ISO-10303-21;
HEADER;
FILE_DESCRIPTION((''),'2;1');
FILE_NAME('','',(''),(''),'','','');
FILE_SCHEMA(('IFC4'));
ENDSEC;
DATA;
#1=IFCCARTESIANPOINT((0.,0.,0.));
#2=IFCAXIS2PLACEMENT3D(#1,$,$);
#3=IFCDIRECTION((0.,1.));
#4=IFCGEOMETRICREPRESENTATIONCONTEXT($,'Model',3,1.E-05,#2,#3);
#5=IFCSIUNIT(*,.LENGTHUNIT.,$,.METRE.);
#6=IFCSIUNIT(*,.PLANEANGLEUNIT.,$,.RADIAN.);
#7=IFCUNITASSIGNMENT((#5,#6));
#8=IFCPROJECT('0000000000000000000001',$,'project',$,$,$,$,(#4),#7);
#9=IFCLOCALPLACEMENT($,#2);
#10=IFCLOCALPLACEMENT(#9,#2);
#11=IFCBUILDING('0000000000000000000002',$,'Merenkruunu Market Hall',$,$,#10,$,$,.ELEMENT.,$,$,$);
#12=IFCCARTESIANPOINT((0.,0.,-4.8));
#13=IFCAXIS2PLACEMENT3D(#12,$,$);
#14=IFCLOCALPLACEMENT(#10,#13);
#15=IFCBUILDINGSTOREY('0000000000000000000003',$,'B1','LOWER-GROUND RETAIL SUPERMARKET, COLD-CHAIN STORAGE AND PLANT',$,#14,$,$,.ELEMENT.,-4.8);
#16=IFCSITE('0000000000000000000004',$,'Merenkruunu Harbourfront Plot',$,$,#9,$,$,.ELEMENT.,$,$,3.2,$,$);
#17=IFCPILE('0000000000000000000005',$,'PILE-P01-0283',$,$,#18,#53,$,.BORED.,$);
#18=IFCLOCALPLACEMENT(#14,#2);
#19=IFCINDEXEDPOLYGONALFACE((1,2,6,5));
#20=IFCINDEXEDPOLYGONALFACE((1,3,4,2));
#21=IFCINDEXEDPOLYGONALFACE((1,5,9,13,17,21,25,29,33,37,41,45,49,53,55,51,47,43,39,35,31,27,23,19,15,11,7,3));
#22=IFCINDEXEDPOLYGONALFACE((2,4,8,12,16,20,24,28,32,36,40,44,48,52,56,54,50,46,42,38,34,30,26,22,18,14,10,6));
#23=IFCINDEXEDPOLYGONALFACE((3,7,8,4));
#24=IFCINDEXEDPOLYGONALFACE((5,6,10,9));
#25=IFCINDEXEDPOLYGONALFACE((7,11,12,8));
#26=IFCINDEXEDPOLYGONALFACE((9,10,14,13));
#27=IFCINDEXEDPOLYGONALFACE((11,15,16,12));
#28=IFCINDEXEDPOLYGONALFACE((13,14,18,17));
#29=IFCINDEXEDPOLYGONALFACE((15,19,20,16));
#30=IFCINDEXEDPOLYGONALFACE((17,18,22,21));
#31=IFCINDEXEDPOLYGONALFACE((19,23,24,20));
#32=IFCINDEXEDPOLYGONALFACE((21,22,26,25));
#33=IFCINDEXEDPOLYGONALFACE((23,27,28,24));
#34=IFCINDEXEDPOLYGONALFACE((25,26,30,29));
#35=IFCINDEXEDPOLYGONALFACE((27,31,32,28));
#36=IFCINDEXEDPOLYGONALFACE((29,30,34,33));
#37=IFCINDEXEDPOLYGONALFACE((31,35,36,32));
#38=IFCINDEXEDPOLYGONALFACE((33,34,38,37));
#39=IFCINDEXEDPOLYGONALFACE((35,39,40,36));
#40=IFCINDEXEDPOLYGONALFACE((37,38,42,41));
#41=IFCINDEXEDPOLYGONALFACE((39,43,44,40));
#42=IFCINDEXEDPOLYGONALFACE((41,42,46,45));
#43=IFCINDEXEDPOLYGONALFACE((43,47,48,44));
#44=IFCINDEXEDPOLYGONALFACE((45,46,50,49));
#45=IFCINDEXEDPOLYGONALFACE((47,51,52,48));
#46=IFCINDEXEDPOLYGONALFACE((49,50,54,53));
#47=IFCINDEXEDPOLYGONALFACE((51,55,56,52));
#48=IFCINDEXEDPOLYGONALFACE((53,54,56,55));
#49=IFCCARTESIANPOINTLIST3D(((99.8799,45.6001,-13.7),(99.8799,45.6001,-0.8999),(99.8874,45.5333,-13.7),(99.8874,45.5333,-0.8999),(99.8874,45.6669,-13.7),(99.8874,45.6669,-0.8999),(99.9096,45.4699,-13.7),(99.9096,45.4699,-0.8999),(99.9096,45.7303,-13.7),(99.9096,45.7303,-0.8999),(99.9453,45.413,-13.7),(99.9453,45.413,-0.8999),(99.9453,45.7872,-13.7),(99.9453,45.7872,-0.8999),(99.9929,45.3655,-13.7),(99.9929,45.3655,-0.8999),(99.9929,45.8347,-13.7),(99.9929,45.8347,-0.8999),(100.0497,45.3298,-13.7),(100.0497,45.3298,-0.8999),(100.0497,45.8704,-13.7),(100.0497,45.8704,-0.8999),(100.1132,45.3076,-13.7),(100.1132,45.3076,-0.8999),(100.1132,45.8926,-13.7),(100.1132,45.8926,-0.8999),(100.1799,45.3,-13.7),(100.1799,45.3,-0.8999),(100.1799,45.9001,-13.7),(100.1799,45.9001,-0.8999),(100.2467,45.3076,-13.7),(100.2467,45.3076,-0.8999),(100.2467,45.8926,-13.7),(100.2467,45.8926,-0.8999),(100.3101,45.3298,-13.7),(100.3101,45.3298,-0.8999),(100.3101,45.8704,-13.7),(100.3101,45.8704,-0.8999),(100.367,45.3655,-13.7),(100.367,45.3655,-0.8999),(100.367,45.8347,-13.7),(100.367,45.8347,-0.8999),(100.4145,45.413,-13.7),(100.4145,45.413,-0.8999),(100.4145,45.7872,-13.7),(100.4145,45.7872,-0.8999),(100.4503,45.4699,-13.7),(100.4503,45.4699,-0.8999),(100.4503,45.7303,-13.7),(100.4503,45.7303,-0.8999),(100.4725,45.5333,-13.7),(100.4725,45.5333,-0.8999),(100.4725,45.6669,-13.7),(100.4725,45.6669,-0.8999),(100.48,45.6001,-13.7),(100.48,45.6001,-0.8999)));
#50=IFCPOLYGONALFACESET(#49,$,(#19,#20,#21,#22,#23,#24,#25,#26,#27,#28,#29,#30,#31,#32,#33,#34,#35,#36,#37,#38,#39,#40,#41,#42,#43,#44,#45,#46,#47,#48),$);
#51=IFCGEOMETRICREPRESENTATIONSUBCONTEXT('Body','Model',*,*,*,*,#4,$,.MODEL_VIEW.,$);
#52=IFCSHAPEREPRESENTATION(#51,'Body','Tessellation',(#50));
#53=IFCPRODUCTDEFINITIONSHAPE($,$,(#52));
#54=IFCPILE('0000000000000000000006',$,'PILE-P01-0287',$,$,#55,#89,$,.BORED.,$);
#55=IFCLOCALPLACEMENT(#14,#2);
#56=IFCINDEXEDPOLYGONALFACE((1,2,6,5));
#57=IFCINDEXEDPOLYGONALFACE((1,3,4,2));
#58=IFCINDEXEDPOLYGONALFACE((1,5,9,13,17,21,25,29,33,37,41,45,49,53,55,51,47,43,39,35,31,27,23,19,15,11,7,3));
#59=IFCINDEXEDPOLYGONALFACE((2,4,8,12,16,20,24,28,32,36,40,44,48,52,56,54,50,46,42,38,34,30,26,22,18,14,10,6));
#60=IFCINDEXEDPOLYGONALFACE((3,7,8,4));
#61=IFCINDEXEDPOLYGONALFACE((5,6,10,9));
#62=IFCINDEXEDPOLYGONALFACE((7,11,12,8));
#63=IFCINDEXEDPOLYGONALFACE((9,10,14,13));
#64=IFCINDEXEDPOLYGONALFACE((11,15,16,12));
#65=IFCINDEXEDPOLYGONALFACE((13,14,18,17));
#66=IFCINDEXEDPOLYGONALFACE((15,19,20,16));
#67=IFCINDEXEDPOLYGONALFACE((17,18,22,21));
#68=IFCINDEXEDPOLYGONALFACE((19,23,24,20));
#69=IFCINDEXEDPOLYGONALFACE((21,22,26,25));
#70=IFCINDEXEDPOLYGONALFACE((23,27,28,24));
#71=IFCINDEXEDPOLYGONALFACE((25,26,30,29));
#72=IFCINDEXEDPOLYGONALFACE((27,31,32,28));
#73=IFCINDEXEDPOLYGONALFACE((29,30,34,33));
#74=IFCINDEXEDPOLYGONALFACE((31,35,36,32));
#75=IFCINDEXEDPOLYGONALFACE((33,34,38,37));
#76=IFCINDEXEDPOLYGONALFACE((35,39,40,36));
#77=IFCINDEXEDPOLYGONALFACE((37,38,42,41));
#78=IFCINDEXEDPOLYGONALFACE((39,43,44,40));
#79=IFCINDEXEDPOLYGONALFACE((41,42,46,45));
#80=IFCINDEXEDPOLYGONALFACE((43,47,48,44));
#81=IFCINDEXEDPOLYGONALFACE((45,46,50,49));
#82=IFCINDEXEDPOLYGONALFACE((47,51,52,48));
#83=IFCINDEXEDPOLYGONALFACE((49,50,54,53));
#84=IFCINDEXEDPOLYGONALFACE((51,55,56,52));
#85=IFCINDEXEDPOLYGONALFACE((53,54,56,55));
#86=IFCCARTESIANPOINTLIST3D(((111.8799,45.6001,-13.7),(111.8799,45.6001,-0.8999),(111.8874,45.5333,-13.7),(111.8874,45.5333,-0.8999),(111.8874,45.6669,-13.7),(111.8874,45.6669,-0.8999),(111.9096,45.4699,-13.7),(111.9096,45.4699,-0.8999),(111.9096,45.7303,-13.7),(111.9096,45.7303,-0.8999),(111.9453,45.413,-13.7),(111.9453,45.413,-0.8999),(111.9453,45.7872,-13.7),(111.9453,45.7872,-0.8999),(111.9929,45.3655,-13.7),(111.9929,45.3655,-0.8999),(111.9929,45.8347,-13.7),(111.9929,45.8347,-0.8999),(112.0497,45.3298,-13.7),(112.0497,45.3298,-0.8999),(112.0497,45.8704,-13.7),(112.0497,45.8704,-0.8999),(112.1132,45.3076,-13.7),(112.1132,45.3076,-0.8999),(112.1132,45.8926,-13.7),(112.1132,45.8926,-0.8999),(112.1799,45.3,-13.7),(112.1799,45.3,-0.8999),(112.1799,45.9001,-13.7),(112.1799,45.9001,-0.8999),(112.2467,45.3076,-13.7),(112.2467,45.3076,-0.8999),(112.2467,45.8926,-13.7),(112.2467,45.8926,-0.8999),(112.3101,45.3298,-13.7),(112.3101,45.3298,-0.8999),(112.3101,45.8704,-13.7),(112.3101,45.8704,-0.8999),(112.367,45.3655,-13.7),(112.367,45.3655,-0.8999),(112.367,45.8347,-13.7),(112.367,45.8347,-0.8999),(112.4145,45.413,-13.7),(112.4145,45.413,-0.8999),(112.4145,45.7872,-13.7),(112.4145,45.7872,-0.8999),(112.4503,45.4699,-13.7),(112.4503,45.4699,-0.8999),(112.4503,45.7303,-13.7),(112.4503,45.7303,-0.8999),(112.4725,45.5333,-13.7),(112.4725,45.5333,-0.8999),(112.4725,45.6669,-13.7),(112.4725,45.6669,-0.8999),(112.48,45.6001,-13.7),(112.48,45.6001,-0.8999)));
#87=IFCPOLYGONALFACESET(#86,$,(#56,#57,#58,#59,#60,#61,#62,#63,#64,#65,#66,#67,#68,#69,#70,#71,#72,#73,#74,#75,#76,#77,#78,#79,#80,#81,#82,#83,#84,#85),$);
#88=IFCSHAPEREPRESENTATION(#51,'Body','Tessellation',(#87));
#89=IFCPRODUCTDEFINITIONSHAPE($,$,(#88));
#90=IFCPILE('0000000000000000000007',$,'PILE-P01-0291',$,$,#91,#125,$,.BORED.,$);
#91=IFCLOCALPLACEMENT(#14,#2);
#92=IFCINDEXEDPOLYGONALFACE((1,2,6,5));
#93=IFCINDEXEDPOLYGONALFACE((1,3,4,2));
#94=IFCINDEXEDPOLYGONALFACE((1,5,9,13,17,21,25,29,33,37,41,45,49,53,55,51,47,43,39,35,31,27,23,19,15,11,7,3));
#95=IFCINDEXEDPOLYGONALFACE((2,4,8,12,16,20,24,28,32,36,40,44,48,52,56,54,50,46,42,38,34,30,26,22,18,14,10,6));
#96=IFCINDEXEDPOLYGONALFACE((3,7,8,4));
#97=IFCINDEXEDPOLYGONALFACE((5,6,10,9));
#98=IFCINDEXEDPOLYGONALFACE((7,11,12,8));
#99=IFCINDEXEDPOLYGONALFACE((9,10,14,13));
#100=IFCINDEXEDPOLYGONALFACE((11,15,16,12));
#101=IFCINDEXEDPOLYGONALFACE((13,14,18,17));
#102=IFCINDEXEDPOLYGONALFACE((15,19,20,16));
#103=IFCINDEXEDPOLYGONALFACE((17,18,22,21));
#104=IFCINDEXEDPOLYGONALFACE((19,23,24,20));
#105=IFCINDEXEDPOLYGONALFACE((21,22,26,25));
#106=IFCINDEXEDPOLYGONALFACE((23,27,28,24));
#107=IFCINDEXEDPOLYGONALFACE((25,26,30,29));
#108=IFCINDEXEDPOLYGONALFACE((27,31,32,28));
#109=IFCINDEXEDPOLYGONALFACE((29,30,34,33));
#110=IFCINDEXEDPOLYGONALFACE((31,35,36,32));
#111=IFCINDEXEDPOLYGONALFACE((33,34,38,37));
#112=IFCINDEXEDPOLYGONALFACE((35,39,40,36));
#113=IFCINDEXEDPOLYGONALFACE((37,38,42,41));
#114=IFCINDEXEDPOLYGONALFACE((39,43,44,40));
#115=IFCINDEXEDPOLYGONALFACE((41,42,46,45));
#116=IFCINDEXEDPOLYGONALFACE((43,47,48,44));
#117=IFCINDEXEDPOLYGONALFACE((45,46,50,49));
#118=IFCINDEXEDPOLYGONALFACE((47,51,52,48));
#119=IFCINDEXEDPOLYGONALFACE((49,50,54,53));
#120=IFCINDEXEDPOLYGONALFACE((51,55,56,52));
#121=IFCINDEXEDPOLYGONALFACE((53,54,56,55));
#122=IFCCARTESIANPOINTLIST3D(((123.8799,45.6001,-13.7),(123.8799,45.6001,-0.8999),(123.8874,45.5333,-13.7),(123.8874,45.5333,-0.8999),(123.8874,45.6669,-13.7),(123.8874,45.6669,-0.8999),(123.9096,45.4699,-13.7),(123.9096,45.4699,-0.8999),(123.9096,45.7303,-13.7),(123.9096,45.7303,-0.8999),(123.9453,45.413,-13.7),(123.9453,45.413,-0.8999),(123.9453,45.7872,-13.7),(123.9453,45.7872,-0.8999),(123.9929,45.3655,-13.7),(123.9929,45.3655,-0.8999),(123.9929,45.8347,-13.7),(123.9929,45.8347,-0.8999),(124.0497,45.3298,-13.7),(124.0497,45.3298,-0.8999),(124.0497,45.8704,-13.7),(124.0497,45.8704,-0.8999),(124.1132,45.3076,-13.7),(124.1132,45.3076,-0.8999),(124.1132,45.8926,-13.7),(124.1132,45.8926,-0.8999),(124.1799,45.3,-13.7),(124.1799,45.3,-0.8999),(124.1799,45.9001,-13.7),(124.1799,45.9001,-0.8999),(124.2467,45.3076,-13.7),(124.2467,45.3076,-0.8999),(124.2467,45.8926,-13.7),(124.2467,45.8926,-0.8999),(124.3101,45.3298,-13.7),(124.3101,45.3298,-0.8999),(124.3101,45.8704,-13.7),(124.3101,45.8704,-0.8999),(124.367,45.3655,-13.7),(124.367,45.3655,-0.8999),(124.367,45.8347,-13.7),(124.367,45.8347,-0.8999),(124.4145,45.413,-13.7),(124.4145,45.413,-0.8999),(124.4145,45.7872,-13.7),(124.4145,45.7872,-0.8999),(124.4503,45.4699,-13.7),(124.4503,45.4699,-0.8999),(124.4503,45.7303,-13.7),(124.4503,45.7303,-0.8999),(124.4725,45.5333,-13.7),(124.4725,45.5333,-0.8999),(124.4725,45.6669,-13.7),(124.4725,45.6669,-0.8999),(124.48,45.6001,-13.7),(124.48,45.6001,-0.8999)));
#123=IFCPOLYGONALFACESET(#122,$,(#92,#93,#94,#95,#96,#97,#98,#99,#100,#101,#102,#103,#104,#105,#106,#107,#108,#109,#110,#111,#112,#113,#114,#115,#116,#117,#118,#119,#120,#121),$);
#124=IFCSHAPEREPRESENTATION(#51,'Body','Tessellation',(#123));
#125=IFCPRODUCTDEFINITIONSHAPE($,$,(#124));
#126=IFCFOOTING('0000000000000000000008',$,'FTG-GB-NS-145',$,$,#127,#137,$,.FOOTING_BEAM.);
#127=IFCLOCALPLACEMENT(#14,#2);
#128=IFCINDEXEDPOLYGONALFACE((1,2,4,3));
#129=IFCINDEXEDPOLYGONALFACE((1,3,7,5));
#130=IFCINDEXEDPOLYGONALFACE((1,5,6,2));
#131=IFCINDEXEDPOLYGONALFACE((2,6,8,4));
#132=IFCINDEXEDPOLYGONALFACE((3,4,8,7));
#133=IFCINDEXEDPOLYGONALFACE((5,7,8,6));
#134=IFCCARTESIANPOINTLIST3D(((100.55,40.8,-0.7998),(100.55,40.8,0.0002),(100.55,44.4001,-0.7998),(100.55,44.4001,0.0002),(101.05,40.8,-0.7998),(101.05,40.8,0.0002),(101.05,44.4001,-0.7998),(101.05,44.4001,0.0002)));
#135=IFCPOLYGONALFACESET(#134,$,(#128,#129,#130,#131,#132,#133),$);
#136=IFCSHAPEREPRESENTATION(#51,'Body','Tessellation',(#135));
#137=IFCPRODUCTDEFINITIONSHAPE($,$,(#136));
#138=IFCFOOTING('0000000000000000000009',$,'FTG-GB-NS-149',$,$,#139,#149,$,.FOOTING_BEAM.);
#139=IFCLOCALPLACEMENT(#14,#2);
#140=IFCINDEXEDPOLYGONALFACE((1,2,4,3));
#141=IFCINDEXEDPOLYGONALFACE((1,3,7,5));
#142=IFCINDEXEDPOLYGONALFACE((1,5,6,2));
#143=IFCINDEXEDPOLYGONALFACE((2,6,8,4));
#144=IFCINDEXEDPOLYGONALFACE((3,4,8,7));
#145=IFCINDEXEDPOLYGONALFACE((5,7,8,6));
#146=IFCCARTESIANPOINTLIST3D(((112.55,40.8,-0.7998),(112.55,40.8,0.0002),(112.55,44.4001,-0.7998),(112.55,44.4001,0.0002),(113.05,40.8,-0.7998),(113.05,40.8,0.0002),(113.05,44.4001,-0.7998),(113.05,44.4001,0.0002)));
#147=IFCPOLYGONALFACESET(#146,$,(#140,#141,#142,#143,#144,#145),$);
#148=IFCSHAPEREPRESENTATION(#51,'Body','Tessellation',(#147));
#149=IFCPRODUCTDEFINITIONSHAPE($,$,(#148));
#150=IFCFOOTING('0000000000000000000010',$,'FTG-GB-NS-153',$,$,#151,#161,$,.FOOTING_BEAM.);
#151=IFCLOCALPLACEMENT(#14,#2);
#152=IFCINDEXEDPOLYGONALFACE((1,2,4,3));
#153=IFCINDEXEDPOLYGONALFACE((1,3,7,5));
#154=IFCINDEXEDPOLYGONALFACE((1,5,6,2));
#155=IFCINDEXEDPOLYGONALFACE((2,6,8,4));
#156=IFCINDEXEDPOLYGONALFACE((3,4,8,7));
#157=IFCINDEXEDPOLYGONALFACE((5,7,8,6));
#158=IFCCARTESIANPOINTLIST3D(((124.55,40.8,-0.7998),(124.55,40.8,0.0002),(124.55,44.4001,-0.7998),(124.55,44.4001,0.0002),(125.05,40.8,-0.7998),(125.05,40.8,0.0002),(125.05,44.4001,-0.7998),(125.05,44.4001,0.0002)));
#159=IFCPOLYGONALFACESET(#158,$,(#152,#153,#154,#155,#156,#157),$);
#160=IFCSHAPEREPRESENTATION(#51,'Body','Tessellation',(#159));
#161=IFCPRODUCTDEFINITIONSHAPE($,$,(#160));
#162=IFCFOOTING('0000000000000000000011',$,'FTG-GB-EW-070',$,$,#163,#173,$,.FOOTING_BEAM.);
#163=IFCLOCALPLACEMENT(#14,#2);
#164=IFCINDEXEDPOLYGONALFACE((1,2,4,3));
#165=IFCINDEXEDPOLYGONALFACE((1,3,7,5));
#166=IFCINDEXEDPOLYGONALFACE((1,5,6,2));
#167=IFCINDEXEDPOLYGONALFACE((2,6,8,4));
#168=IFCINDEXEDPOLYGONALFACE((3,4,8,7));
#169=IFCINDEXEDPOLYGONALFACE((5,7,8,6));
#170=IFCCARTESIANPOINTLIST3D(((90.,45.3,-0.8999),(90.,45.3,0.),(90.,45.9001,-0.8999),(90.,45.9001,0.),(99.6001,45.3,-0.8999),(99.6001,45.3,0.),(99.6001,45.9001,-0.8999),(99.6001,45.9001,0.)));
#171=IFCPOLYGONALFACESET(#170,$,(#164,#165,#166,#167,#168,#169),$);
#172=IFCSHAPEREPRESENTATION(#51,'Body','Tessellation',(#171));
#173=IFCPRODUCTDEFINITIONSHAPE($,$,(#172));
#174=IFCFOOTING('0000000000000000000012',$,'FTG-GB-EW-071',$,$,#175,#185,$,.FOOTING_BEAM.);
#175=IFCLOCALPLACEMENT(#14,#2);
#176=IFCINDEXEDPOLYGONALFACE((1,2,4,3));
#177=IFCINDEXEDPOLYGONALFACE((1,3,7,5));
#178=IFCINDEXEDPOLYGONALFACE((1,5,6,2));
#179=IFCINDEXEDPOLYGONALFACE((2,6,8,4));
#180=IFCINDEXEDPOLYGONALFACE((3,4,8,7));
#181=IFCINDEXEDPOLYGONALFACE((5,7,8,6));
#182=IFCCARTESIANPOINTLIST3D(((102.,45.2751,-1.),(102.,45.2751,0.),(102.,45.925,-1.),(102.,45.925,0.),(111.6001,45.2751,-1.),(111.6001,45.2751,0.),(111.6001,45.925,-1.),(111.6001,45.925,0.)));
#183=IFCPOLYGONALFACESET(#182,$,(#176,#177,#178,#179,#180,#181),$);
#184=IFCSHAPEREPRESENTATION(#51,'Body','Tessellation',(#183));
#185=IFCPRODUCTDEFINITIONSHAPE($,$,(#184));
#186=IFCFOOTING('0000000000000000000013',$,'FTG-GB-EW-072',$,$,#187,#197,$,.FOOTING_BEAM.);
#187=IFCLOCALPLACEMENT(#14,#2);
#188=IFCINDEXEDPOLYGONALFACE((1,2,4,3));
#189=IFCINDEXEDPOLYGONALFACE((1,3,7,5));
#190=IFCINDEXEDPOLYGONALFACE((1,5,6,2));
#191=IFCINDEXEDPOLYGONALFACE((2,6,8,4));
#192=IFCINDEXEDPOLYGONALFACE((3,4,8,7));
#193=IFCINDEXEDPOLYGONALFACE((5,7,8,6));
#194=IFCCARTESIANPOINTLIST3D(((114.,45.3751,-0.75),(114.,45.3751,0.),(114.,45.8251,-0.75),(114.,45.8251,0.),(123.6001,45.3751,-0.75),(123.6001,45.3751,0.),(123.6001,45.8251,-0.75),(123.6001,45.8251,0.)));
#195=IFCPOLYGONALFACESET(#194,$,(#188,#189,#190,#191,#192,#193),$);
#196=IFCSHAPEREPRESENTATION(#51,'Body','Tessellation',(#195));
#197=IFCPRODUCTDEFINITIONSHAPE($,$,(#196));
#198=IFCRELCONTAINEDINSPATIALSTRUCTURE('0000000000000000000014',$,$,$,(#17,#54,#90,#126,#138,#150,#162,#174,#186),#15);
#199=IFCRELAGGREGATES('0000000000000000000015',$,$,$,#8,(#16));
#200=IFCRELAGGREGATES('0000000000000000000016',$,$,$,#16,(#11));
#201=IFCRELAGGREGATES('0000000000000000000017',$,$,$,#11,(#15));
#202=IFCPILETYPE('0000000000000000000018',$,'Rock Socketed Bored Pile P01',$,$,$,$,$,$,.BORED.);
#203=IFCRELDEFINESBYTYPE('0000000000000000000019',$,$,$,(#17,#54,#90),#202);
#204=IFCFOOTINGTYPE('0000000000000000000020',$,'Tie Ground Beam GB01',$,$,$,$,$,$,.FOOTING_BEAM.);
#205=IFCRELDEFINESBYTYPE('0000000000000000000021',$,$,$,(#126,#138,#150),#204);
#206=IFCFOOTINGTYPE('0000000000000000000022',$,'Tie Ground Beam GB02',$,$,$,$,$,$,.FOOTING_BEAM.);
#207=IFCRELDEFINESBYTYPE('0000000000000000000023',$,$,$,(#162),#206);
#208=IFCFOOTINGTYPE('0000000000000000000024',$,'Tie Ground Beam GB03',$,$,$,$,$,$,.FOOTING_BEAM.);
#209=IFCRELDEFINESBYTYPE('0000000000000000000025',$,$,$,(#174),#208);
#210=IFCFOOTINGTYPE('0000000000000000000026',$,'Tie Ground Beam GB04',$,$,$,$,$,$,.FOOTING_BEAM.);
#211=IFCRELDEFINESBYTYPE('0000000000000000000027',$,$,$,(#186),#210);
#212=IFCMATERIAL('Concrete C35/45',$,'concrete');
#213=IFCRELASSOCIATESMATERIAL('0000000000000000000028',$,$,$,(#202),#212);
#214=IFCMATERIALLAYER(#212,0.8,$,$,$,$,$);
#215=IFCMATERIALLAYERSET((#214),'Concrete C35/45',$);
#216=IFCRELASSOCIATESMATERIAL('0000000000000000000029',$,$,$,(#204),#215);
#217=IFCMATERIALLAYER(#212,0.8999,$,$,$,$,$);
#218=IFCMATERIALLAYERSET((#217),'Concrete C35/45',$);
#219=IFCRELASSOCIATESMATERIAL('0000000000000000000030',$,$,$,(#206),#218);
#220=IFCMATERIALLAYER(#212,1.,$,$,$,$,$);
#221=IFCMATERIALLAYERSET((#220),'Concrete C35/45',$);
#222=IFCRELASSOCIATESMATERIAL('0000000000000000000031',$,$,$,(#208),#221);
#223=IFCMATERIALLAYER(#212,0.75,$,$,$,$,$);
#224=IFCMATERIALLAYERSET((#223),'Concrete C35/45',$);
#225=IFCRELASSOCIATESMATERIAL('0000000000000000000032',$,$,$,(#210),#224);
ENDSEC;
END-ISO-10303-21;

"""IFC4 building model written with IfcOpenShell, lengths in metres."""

from ifc_helpers import new_model, si_unit, direction, frame, origin, origin_2d, place, context, subcontext, project, spatial, rectangle, circle, extrude, material, layer, layer_set, material_profile, profile_set, type_object, element, save


model = new_model("IFC4")

# Units and contexts
model_context = context("Model", 3, precision=1e-05, world=origin(), true_north=direction((0.0, 1.0)))
body_context = subcontext(model_context, "Body", "Model", "MODEL_VIEW")
ifc_project = project(units=[si_unit("LENGTHUNIT", "METRE"), si_unit("PLANEANGLEUNIT", "RADIAN")], contexts=[model_context])

# Site, building, storey
site_placement = place(None, origin())
site = spatial("IfcSite", under=ifc_project, at=site_placement, Name="Merenkruunu Harbourfront Plot", CompositionType="ELEMENT", RefElevation=3.2)
building_placement = place(site_placement, origin())
building = spatial("IfcBuilding", under=site, at=building_placement, Name="Merenkruunu Market Hall", CompositionType="ELEMENT")
storey_placement = place(building_placement, frame((0.0, 0.0, -4.8)))
storey = spatial("IfcBuildingStorey", under=building, at=storey_placement, Name="B1", Description="LOWER-GROUND RETAIL SUPERMARKET, COLD-CHAIN STORAGE AND PLANT", CompositionType="ELEMENT", Elevation=-4.8)

# Shared definitions
ifc_material_1 = material(Name="Concrete C35/45", Category="concrete")

# Piles
ifc_material_profile_1 = material_profile(ifc_material_1, circle(Radius=0.3, at=origin_2d()), Name="BORED PILE 600")
ifc_profile_set_1 = profile_set([ifc_material_profile_1], Name="Concrete C35/45")
pile_type = type_object("IfcPileType", Name="Rock Socketed Bored Pile P01", PredefinedType="BORED", material=ifc_profile_set_1)
for number, where, z_axis, x_axis, name in (
    (1, (100.1799, 45.6001, -0.8999), (0.0, 0.0, -1.0), (1.0, 0.0, 0.0), "PILE-P01-0283"),
    (2, (112.1799, 45.6001, -0.8999), (0.0, 0.0, -1.0), (1.0, 0.0, 0.0), "PILE-P01-0287"),
    (3, (124.1799, 45.6001, -0.8999), (0.0, 0.0, -1.0), (1.0, 0.0, 0.0), "PILE-P01-0291"),
):
    element("IfcPile", number, at=place(storey_placement, frame(where, z_axis=z_axis, x_axis=x_axis)), inside=storey, type_object=pile_type, Name=name, PredefinedType="BORED", context=body_context, shape_type="SweptSolid", body=[
        extrude(circle(Radius=0.3, at=origin_2d()), origin(), (0.0, 0.0, 1.0), 12.8),
    ])

# Footings
ifc_layer_1 = layer(ifc_material_1, 0.8)
ifc_layer_set_1 = layer_set([ifc_layer_1], Name="Concrete C35/45")
footing_type_1 = type_object("IfcFootingType", Name="Tie Ground Beam GB01", PredefinedType="FOOTING_BEAM", material=ifc_layer_set_1)
for number, where, z_axis, x_axis, name in (
    (4, (100.8, 42.6001, -0.7998), (0.0, 0.0, 1.0), (0.0, 1.0, 0.0), "FTG-GB-NS-145"),
    (5, (112.8, 42.6001, -0.7998), (0.0, 0.0, 1.0), (0.0, 1.0, 0.0), "FTG-GB-NS-149"),
    (6, (124.8, 42.6001, -0.7998), (0.0, 0.0, 1.0), (0.0, 1.0, 0.0), "FTG-GB-NS-153"),
):
    element("IfcFooting", number, at=place(storey_placement, frame(where, z_axis=z_axis, x_axis=x_axis)), inside=storey, type_object=footing_type_1, Name=name, PredefinedType="FOOTING_BEAM", context=body_context, shape_type="SweptSolid", body=[
        extrude(rectangle(XDim=3.6001, YDim=0.5, at=origin_2d()), origin(), (0.0, 0.0, 1.0), 0.8),
    ])
ifc_layer_2 = layer(ifc_material_1, 0.8999)
ifc_layer_set_2 = layer_set([ifc_layer_2], Name="Concrete C35/45")
footing_type_2 = type_object("IfcFootingType", Name="Tie Ground Beam GB02", PredefinedType="FOOTING_BEAM", material=ifc_layer_set_2)
footing_1_placement = place(storey_placement, frame((94.8, 45.6001, -0.8999), z_axis=(0.0, 0.0, 1.0), x_axis=(1.0, 0.0, 0.0)))
element("IfcFooting", 7, at=footing_1_placement, inside=storey, type_object=footing_type_2, Name="FTG-GB-EW-070", PredefinedType="FOOTING_BEAM", context=body_context, shape_type="SweptSolid", body=[
    extrude(rectangle(XDim=9.6001, YDim=0.6001, at=origin_2d()), origin(), (0.0, 0.0, 1.0), 0.8999),
])
ifc_layer_3 = layer(ifc_material_1, 1.0)
ifc_layer_set_3 = layer_set([ifc_layer_3], Name="Concrete C35/45")
footing_type_3 = type_object("IfcFootingType", Name="Tie Ground Beam GB03", PredefinedType="FOOTING_BEAM", material=ifc_layer_set_3)
footing_2_placement = place(storey_placement, frame((106.8, 45.6001, -1.0), z_axis=(0.0, 0.0, 1.0), x_axis=(1.0, 0.0, 0.0)))
element("IfcFooting", 8, at=footing_2_placement, inside=storey, type_object=footing_type_3, Name="FTG-GB-EW-071", PredefinedType="FOOTING_BEAM", context=body_context, shape_type="SweptSolid", body=[
    extrude(rectangle(XDim=9.6001, YDim=0.6499, at=origin_2d()), origin(), (0.0, 0.0, 1.0), 1.0),
])
ifc_layer_4 = layer(ifc_material_1, 0.75)
ifc_layer_set_4 = layer_set([ifc_layer_4], Name="Concrete C35/45")
footing_type_4 = type_object("IfcFootingType", Name="Tie Ground Beam GB04", PredefinedType="FOOTING_BEAM", material=ifc_layer_set_4)
footing_3_placement = place(storey_placement, frame((118.8, 45.6001, -0.75), z_axis=(0.0, 0.0, 1.0), x_axis=(1.0, 0.0, 0.0)))
element("IfcFooting", 9, at=footing_3_placement, inside=storey, type_object=footing_type_4, Name="FTG-GB-EW-072", PredefinedType="FOOTING_BEAM", context=body_context, shape_type="SweptSolid", body=[
    extrude(rectangle(XDim=9.6001, YDim=0.45, at=origin_2d()), origin(), (0.0, 0.0, 1.0), 0.75),
])

save(model, "model.ifc")
